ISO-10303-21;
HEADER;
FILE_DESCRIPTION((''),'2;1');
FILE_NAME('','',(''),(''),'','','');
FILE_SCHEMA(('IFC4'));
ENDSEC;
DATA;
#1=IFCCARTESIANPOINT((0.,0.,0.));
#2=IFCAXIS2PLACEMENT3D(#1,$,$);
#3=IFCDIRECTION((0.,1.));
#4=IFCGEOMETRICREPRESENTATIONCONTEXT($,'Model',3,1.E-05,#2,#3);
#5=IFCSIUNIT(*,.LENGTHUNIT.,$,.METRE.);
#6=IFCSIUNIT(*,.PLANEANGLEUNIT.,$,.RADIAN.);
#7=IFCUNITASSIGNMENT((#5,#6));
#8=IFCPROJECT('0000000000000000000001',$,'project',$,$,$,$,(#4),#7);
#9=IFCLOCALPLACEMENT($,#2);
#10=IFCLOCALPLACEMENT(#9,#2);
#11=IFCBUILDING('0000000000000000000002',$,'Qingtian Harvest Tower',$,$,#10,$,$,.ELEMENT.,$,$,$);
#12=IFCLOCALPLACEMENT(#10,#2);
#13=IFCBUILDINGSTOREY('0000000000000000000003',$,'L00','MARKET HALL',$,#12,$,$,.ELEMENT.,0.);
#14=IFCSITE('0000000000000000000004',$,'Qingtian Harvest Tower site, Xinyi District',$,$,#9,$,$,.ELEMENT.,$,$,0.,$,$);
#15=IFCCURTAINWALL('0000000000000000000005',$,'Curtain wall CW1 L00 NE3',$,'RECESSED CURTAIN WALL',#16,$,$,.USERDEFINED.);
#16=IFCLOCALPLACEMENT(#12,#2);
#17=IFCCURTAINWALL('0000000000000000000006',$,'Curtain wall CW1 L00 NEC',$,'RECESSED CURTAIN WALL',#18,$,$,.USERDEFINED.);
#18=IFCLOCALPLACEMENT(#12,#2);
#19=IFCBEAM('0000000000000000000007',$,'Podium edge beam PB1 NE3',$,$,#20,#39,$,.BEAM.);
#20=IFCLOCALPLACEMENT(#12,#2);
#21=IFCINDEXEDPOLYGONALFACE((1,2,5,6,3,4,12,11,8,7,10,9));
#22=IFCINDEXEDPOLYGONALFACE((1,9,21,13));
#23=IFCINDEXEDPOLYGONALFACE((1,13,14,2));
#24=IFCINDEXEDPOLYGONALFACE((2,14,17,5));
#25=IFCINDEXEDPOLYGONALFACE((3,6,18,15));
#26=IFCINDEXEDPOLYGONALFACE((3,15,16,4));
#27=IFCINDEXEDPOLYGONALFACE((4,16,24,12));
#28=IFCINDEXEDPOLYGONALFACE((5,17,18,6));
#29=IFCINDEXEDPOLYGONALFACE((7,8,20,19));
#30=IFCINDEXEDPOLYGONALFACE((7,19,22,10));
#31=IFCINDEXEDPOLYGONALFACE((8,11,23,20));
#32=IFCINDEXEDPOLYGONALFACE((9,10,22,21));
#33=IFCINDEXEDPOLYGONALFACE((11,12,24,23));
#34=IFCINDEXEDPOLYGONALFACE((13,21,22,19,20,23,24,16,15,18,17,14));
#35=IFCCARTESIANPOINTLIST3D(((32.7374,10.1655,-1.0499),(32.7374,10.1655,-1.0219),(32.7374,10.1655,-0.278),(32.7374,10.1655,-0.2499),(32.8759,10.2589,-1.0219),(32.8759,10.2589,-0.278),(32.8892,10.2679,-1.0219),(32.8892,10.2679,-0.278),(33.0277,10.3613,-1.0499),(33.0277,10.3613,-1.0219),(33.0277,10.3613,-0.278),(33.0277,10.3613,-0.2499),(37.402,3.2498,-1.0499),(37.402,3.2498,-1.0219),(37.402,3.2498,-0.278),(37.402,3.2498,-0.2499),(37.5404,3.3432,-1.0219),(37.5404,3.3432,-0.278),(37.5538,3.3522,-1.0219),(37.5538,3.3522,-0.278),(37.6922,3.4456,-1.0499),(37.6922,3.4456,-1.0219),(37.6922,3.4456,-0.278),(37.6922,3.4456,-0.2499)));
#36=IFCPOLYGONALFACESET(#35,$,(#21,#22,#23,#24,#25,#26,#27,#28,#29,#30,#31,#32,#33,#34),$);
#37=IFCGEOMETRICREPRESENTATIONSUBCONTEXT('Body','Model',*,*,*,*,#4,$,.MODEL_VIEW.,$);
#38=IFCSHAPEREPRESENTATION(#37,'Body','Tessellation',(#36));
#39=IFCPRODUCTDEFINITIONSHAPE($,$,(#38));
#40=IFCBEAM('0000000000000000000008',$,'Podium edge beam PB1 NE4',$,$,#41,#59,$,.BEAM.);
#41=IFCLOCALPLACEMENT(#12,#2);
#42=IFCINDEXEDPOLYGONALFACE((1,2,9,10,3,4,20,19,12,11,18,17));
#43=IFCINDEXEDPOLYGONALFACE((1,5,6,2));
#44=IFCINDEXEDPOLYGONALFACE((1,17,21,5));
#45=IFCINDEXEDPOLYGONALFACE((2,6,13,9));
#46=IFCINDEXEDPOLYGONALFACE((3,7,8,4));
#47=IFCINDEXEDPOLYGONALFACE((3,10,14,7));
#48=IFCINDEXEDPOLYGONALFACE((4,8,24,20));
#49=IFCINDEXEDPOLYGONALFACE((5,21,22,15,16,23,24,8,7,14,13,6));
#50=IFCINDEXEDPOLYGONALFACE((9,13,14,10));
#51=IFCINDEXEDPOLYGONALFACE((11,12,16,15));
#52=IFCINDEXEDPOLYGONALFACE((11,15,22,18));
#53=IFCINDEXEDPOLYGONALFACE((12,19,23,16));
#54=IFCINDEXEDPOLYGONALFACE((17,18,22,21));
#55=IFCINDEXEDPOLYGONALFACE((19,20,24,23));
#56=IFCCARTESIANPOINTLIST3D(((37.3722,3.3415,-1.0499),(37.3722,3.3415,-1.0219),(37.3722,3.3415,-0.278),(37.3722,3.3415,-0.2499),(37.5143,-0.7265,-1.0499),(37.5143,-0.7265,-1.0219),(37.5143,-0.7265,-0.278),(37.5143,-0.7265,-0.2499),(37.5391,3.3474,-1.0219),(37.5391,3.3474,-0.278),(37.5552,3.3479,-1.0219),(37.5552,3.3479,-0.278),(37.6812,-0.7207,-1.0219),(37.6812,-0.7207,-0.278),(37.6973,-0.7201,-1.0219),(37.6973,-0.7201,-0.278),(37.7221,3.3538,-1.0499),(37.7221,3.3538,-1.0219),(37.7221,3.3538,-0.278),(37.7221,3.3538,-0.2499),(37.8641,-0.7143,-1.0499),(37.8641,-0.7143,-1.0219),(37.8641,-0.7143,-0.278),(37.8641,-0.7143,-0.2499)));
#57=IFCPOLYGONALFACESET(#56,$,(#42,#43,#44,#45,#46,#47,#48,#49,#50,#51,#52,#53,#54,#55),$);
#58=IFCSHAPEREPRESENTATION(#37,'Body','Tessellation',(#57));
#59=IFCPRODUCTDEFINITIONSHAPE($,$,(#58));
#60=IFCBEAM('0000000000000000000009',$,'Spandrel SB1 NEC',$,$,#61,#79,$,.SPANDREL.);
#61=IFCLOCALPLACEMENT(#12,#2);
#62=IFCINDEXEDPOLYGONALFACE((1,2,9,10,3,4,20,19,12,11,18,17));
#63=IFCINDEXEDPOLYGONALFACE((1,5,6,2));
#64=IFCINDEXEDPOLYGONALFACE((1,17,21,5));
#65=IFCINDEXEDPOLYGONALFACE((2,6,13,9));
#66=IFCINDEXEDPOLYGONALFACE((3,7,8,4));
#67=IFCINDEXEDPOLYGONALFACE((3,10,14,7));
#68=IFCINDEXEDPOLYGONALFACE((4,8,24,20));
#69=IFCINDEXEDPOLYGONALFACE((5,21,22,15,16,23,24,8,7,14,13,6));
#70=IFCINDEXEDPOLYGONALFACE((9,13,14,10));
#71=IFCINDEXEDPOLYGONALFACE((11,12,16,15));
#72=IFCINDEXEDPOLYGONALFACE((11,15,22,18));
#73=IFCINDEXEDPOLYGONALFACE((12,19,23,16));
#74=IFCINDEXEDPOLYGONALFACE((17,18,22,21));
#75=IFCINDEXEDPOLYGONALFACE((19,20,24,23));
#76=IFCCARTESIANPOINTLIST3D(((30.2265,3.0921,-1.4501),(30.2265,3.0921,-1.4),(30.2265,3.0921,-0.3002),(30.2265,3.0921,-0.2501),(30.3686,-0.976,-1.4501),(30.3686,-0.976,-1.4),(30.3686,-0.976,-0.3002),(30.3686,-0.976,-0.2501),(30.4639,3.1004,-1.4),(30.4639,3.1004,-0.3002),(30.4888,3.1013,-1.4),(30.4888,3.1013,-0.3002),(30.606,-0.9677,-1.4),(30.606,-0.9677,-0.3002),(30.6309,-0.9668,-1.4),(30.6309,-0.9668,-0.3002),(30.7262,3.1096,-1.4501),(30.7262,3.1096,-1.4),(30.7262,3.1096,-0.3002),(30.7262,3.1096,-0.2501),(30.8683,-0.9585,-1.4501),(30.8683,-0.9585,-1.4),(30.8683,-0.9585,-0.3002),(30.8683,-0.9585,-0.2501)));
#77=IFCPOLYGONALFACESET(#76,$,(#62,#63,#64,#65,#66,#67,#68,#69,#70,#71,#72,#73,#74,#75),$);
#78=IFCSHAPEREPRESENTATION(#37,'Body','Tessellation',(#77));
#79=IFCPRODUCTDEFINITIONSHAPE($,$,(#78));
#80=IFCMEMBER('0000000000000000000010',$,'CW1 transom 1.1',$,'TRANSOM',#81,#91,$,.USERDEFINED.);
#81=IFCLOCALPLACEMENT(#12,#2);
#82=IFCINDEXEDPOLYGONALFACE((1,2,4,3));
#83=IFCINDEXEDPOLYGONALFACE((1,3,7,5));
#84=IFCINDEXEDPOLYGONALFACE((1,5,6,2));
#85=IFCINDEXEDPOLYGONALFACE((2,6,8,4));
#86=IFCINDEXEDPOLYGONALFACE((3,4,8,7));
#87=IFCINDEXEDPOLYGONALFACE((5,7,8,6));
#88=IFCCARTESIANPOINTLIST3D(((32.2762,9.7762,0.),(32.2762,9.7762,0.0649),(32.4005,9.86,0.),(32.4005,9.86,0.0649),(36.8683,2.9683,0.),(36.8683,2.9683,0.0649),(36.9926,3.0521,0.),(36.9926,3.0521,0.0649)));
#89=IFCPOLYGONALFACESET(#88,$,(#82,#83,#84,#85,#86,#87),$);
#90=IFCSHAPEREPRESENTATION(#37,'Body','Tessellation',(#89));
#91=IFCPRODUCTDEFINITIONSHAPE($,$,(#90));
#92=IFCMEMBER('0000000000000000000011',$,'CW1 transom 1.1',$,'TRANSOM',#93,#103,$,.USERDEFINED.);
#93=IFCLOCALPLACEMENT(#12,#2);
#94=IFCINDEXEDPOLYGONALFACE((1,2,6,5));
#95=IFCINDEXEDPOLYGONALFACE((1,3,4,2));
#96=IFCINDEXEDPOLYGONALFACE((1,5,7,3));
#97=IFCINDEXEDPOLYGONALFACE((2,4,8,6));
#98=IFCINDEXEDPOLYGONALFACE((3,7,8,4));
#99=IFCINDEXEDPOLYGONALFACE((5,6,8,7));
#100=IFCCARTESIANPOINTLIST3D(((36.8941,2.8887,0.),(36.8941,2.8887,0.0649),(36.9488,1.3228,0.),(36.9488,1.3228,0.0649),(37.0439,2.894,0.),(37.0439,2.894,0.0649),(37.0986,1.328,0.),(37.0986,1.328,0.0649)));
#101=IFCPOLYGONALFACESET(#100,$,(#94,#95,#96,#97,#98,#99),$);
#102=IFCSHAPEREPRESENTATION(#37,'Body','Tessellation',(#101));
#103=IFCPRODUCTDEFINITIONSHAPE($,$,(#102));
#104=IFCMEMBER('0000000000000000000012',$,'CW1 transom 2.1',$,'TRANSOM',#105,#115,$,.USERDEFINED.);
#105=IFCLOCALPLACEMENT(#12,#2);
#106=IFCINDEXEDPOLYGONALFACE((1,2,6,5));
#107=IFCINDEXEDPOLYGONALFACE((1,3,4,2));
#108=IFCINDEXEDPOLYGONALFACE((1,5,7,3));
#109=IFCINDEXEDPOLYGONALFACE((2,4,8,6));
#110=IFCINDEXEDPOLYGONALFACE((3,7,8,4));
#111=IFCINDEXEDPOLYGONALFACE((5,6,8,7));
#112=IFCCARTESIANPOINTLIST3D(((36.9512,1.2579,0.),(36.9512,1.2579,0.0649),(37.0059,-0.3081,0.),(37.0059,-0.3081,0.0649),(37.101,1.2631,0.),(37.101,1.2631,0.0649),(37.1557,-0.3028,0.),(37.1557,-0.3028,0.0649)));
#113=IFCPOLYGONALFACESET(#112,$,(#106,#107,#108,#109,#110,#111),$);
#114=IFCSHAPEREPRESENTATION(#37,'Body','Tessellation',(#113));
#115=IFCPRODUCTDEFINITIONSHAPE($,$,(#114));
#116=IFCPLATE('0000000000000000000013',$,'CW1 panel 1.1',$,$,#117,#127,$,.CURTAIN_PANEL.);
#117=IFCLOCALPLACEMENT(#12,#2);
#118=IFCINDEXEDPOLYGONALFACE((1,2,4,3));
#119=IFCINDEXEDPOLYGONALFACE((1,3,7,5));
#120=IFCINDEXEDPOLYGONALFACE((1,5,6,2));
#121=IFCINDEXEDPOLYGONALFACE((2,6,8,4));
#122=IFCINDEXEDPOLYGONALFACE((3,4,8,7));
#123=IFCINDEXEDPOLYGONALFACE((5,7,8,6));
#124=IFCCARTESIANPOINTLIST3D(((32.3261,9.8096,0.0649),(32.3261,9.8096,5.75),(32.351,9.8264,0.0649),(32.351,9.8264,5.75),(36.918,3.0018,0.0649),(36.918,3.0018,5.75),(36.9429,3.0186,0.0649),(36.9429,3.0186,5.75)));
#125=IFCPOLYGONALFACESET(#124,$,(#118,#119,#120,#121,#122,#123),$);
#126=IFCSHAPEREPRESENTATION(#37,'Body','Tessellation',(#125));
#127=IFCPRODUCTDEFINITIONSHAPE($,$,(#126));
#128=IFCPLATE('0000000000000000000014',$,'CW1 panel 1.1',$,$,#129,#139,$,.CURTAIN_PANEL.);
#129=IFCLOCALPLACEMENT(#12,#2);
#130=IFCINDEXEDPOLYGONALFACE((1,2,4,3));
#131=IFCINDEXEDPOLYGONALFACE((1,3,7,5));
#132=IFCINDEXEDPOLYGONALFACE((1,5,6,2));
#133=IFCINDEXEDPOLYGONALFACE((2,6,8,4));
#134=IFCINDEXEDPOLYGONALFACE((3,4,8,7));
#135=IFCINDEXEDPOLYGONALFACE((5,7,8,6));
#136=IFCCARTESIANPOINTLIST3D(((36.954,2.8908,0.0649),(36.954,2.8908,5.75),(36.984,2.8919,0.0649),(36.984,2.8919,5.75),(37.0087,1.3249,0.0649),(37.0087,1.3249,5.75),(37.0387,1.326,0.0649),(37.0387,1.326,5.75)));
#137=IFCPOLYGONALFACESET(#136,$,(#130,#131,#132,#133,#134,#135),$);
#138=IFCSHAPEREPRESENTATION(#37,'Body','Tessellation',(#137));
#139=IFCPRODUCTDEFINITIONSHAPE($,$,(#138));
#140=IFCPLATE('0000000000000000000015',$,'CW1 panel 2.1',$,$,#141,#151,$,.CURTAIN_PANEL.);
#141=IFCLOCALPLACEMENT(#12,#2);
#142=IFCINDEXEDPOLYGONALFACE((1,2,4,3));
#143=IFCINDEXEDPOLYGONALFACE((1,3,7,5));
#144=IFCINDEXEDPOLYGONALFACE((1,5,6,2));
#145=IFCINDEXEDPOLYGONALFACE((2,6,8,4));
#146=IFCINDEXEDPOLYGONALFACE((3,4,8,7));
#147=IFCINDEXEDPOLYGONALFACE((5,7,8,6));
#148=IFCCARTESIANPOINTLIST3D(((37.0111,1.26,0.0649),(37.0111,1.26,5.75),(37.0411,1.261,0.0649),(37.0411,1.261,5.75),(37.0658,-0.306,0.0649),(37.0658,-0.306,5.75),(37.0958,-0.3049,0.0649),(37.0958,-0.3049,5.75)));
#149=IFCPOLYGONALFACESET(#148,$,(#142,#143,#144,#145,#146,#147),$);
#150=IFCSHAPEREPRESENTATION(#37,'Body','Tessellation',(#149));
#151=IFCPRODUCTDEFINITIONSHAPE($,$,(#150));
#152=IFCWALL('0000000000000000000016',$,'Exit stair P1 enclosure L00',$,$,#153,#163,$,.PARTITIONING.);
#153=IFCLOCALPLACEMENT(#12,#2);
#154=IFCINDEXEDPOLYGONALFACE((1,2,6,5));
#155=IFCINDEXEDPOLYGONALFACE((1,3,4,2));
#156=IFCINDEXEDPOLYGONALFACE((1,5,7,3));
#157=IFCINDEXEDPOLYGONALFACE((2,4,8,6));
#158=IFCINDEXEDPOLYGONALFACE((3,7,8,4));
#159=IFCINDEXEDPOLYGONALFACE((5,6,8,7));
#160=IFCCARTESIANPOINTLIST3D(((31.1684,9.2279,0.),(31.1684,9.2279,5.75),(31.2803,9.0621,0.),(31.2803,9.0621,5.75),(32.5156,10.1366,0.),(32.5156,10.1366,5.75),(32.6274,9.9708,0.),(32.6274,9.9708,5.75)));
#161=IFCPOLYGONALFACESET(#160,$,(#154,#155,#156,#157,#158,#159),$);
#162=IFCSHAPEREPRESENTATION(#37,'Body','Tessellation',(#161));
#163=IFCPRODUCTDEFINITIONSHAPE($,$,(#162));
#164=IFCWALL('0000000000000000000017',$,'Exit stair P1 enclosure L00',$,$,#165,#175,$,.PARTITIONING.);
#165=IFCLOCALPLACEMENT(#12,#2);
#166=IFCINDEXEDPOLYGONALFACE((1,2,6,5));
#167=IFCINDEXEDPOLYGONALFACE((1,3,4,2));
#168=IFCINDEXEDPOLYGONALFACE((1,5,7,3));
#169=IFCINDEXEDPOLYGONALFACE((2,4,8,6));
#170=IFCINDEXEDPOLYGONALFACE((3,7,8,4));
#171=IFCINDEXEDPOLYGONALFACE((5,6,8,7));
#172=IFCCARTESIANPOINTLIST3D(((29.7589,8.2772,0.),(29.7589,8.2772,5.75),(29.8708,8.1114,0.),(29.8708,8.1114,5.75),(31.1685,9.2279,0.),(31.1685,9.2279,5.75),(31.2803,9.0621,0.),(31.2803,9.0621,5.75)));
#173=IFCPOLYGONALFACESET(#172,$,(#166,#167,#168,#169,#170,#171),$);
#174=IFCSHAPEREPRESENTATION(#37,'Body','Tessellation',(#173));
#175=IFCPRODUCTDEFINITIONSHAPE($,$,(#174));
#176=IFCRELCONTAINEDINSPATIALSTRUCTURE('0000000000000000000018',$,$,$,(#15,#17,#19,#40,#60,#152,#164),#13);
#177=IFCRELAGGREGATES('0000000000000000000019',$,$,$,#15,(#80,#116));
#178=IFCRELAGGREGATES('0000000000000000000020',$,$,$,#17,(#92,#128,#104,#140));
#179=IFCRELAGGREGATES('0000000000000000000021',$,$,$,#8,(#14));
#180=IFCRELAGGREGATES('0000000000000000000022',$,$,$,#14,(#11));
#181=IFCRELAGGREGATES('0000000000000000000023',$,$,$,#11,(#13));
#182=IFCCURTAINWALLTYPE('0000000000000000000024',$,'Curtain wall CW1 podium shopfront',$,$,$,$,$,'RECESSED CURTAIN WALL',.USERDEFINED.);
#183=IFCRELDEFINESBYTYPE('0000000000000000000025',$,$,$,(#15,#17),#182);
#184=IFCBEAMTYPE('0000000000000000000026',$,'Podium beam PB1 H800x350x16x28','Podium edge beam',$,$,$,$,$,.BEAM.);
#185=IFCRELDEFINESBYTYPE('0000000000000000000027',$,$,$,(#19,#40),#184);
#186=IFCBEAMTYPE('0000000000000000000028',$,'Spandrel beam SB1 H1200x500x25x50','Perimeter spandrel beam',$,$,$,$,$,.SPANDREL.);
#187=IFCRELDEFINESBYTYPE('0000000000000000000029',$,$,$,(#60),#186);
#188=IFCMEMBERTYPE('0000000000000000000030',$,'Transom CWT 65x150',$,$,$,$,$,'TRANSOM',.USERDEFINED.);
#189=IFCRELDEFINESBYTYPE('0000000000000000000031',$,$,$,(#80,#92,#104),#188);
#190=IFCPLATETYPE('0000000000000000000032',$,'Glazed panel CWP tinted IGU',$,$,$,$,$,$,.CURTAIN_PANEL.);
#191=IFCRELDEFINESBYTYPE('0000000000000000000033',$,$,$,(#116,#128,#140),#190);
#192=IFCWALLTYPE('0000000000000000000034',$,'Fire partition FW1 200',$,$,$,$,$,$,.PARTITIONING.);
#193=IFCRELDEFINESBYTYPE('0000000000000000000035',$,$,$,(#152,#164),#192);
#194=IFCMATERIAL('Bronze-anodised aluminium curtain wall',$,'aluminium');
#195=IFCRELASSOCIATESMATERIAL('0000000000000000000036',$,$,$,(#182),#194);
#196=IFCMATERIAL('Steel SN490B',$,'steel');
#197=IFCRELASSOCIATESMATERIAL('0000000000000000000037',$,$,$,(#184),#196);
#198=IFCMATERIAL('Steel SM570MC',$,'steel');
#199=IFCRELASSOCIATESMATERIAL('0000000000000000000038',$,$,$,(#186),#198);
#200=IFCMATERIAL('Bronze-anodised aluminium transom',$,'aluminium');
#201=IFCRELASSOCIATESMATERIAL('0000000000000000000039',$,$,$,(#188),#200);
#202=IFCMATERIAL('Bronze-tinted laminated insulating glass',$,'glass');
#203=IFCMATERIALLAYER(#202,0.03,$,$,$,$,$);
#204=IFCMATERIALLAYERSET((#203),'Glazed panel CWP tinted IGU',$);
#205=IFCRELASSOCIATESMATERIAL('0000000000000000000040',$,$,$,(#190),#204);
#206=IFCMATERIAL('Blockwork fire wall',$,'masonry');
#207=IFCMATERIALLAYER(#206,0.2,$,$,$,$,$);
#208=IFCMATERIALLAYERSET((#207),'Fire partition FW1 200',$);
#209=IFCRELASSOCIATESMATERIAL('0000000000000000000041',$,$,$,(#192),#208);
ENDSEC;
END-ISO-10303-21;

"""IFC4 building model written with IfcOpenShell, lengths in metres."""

from ifc_helpers import new_model, si_unit, direction, frame, frame_2d, origin, origin_2d, place, context, subcontext, project, spatial, rectangle, i_section, extrude, material, layer, layer_set, material_profile, profile_set, type_object, element, aggregate, save


model = new_model("IFC4")

# Units and contexts
model_context = context("Model", 3, precision=1e-05, world=origin(), true_north=direction((0.0, 1.0)))
body_context = subcontext(model_context, "Body", "Model", "MODEL_VIEW")
ifc_project = project(units=[si_unit("LENGTHUNIT", "METRE"), si_unit("PLANEANGLEUNIT", "RADIAN")], contexts=[model_context])

# Site, building, storey
site_placement = place(None, origin())
site = spatial("IfcSite", under=ifc_project, at=site_placement, Name="Qingtian Harvest Tower site, Xinyi District", CompositionType="ELEMENT", RefElevation=0.0)
building_placement = place(site_placement, origin())
building = spatial("IfcBuilding", under=site, at=building_placement, Name="Qingtian Harvest Tower", CompositionType="ELEMENT")
storey_placement = place(building_placement, origin())
storey = spatial("IfcBuildingStorey", under=building, at=storey_placement, Name="L00", Description="MARKET HALL", CompositionType="ELEMENT", Elevation=0.0)

# Curtain walls
ifc_material_1 = material(Name="Bronze-anodised aluminium curtain wall", Category="aluminium")
curtain_wall_type = type_object("IfcCurtainWallType", Name="Curtain wall CW1 podium shopfront", ElementType="RECESSED CURTAIN WALL", PredefinedType="USERDEFINED", material=ifc_material_1)
curtain_wall_1_placement = place(storey_placement, origin())
curtain_wall_1 = element("IfcCurtainWall", 1, at=curtain_wall_1_placement, inside=storey, type_object=curtain_wall_type, Name="Curtain wall CW1 L00 NE3", ObjectType="RECESSED CURTAIN WALL", PredefinedType="USERDEFINED")
curtain_wall_2_placement = place(storey_placement, origin())
curtain_wall_2 = element("IfcCurtainWall", 2, at=curtain_wall_2_placement, inside=storey, type_object=curtain_wall_type, Name="Curtain wall CW1 L00 NEC", ObjectType="RECESSED CURTAIN WALL", PredefinedType="USERDEFINED")

# Beams
ifc_material_2 = material(Name="Steel SN490B", Category="steel")
ifc_material_profile_1 = material_profile(ifc_material_2, i_section(OverallWidth=0.3501, OverallDepth=0.8, WebThickness=0.0161, FlangeThickness=0.0281, at=origin_2d()), Name="H800x350x16x28")
ifc_profile_set_1 = profile_set([ifc_material_profile_1], Name="Steel SN490B")
beam_type_1 = type_object("IfcBeamType", Name="Podium beam PB1 H800x350x16x28", Description="Podium edge beam", PredefinedType="BEAM", material=ifc_profile_set_1)
beam_1_placement = place(storey_placement, frame((32.8826, 10.2634, -0.6499), z_axis=(0.559177, -0.829048, 0.0), x_axis=(0.829048, 0.559177, 0.0)))
element("IfcBeam", 3, at=beam_1_placement, inside=storey, type_object=beam_type_1, Name="Podium edge beam PB1 NE3", PredefinedType="BEAM", context=body_context, shape_type="SweptSolid", body=[
    extrude(i_section(OverallWidth=0.3501, OverallDepth=0.8, WebThickness=0.0161, FlangeThickness=0.0281, at=origin_2d()), origin(), (0.0, 0.0, 1.0), 8.3418),
])
beam_2_placement = place(storey_placement, frame((37.5471, 3.3477, -0.6499), z_axis=(0.034906, -0.999391, 0.0), x_axis=(0.999391, 0.034906, 0.0)))
element("IfcBeam", 4, at=beam_2_placement, inside=storey, type_object=beam_type_1, Name="Podium edge beam PB1 NE4", PredefinedType="BEAM", context=body_context, shape_type="SweptSolid", body=[
    extrude(i_section(OverallWidth=0.3501, OverallDepth=0.8, WebThickness=0.0161, FlangeThickness=0.0281, at=origin_2d()), origin(), (0.0, 0.0, 1.0), 4.0706),
])
ifc_material_3 = material(Name="Steel SM570MC", Category="steel")
ifc_material_profile_2 = material_profile(ifc_material_3, i_section(OverallWidth=0.5, OverallDepth=1.2, WebThickness=0.0249, FlangeThickness=0.05, at=origin_2d()), Name="H1200x500x25x50")
ifc_profile_set_2 = profile_set([ifc_material_profile_2], Name="Steel SM570MC")
beam_type_2 = type_object("IfcBeamType", Name="Spandrel beam SB1 H1200x500x25x50", Description="Perimeter spandrel beam", PredefinedType="SPANDREL", material=ifc_profile_set_2)
beam_3_placement = place(storey_placement, frame((30.4763, 3.1008, -0.8501), z_axis=(0.034906, -0.999391, 0.0), x_axis=(0.999391, 0.034906, 0.0)))
element("IfcBeam", 5, at=beam_3_placement, inside=storey, type_object=beam_type_2, Name="Spandrel SB1 NEC", PredefinedType="SPANDREL", context=body_context, shape_type="SweptSolid", body=[
    extrude(i_section(OverallWidth=0.5, OverallDepth=1.2, WebThickness=0.0249, FlangeThickness=0.05, at=origin_2d()), origin(), (0.0, 0.0, 1.0), 4.0706),
])

# Members
ifc_material_4 = material(Name="Bronze-anodised aluminium transom", Category="aluminium")
ifc_material_profile_3 = material_profile(ifc_material_4, rectangle(XDim=0.1499, YDim=0.0649, at=origin_2d()), Name="AL 65x150")
ifc_profile_set_3 = profile_set([ifc_material_profile_3], Name="Bronze-anodised aluminium transom")
member_type_1 = type_object("IfcMemberType", Name="Transom CWT 65x150", ElementType="TRANSOM", PredefinedType="USERDEFINED", material=ifc_profile_set_3)
member_1_placement = place(storey_placement, frame((32.3384, 9.8181, 0.0325), z_axis=(0.5592, -0.829033, 0.0), x_axis=(0.829033, 0.5592, 0.0)))
member_1 = element("IfcMember", 6, at=member_1_placement, type_object=member_type_1, Name="CW1 transom 1.1", ObjectType="TRANSOM", PredefinedType="USERDEFINED", context=body_context, shape_type="SweptSolid", body=[
    extrude(rectangle(XDim=0.1499, YDim=0.0649, at=origin_2d()), origin(), (0.0, 0.0, 1.0), 8.2119),
])
member_2_placement = place(storey_placement, frame((36.969, 2.8914, 0.0325), z_axis=(0.034902, -0.999391, 0.0), x_axis=(0.999391, 0.034902, 0.0)))
member_2 = element("IfcMember", 7, at=member_2_placement, type_object=member_type_1, Name="CW1 transom 1.1", ObjectType="TRANSOM", PredefinedType="USERDEFINED", context=body_context, shape_type="SweptSolid", body=[
    extrude(rectangle(XDim=0.1499, YDim=0.0649, at=origin_2d()), origin(), (0.0, 0.0, 1.0), 1.5669),
])
member_3_placement = place(storey_placement, frame((37.0261, 1.2605, 0.0325), z_axis=(0.034902, -0.999391, 0.0), x_axis=(0.999391, 0.034902, 0.0)))
member_3 = element("IfcMember", 8, at=member_3_placement, type_object=member_type_1, Name="CW1 transom 2.1", ObjectType="TRANSOM", PredefinedType="USERDEFINED", context=body_context, shape_type="SweptSolid", body=[
    extrude(rectangle(XDim=0.1499, YDim=0.0649, at=origin_2d()), origin(), (0.0, 0.0, 1.0), 1.5669),
])

# Plates
ifc_material_5 = material(Name="Bronze-tinted laminated insulating glass", Category="glass")
ifc_layer_1 = layer(ifc_material_5, 0.03)
ifc_layer_set_1 = layer_set([ifc_layer_1], Name="Glazed panel CWP tinted IGU")
plate_type = type_object("IfcPlateType", Name="Glazed panel CWP tinted IGU", PredefinedType="CURTAIN_PANEL", material=ifc_layer_set_1)
plate_1_placement = place(storey_placement, frame((34.6345, 6.4141, 0.0649), z_axis=(0.0, 0.0, 1.0), x_axis=(0.559193, -0.829038, 0.0)))
plate_1 = element("IfcPlate", 9, at=plate_1_placement, type_object=plate_type, Name="CW1 panel 1.1", PredefinedType="CURTAIN_PANEL", context=body_context, shape_type="SweptSolid", body=[
    extrude(rectangle(XDim=8.2117, YDim=0.03, at=origin_2d()), origin(), (0.0, 0.0, 1.0), 5.6851),
])
aggregate(curtain_wall_1, [member_1, plate_1])
plate_2_placement = place(storey_placement, frame((36.9963, 2.1084, 0.0649), z_axis=(0.0, 0.0, 1.0), x_axis=(0.034899, -0.999391, 0.0)))
plate_2 = element("IfcPlate", 10, at=plate_2_placement, type_object=plate_type, Name="CW1 panel 1.1", PredefinedType="CURTAIN_PANEL", context=body_context, shape_type="SweptSolid", body=[
    extrude(rectangle(XDim=1.5669, YDim=0.03, at=origin_2d()), origin(), (0.0, 0.0, 1.0), 5.6851),
])
plate_3_placement = place(storey_placement, frame((37.0535, 0.4775, 0.0649), z_axis=(0.0, 0.0, 1.0), x_axis=(0.034899, -0.999391, 0.0)))
plate_3 = element("IfcPlate", 11, at=plate_3_placement, type_object=plate_type, Name="CW1 panel 2.1", PredefinedType="CURTAIN_PANEL", context=body_context, shape_type="SweptSolid", body=[
    extrude(rectangle(XDim=1.5669, YDim=0.03, at=origin_2d()), origin(), (0.0, 0.0, 1.0), 5.6851),
])
aggregate(curtain_wall_2, [member_2, plate_2, member_3, plate_3])

# Walls
ifc_material_6 = material(Name="Blockwork fire wall", Category="masonry")
ifc_layer_2 = layer(ifc_material_6, 0.2)
ifc_layer_set_2 = layer_set([ifc_layer_2], Name="Fire partition FW1 200")
wall_type = type_object("IfcWallType", Name="Fire partition FW1 200", PredefinedType="PARTITIONING", material=ifc_layer_set_2)
wall_1_placement = place(storey_placement, frame((32.5715, 10.0537, 0.0), z_axis=(0.0, 0.0, 1.0), x_axis=(-0.829033, -0.559199, 0.0)))
element("IfcWall", 12, at=wall_1_placement, inside=storey, type_object=wall_type, Name="Exit stair P1 enclosure L00", PredefinedType="PARTITIONING", context=body_context, shape_type="SweptSolid", body=[
    extrude(rectangle(XDim=1.625, YDim=0.2, at=frame_2d((0.8125, 0.0))), origin(), (0.0, 0.0, 1.0), 5.75),
])
wall_2_placement = place(storey_placement, frame((31.2244, 9.145, 0.0), z_axis=(0.0, 0.0, 1.0), x_axis=(-0.829033, -0.559199, 0.0)))
element("IfcWall", 13, at=wall_2_placement, inside=storey, type_object=wall_type, Name="Exit stair P1 enclosure L00", PredefinedType="PARTITIONING", context=body_context, shape_type="SweptSolid", body=[
    extrude(rectangle(XDim=1.7002, YDim=0.2, at=frame_2d((0.8501, 0.0))), origin(), (0.0, 0.0, 1.0), 5.75),
])

save(model, "model.ifc")
